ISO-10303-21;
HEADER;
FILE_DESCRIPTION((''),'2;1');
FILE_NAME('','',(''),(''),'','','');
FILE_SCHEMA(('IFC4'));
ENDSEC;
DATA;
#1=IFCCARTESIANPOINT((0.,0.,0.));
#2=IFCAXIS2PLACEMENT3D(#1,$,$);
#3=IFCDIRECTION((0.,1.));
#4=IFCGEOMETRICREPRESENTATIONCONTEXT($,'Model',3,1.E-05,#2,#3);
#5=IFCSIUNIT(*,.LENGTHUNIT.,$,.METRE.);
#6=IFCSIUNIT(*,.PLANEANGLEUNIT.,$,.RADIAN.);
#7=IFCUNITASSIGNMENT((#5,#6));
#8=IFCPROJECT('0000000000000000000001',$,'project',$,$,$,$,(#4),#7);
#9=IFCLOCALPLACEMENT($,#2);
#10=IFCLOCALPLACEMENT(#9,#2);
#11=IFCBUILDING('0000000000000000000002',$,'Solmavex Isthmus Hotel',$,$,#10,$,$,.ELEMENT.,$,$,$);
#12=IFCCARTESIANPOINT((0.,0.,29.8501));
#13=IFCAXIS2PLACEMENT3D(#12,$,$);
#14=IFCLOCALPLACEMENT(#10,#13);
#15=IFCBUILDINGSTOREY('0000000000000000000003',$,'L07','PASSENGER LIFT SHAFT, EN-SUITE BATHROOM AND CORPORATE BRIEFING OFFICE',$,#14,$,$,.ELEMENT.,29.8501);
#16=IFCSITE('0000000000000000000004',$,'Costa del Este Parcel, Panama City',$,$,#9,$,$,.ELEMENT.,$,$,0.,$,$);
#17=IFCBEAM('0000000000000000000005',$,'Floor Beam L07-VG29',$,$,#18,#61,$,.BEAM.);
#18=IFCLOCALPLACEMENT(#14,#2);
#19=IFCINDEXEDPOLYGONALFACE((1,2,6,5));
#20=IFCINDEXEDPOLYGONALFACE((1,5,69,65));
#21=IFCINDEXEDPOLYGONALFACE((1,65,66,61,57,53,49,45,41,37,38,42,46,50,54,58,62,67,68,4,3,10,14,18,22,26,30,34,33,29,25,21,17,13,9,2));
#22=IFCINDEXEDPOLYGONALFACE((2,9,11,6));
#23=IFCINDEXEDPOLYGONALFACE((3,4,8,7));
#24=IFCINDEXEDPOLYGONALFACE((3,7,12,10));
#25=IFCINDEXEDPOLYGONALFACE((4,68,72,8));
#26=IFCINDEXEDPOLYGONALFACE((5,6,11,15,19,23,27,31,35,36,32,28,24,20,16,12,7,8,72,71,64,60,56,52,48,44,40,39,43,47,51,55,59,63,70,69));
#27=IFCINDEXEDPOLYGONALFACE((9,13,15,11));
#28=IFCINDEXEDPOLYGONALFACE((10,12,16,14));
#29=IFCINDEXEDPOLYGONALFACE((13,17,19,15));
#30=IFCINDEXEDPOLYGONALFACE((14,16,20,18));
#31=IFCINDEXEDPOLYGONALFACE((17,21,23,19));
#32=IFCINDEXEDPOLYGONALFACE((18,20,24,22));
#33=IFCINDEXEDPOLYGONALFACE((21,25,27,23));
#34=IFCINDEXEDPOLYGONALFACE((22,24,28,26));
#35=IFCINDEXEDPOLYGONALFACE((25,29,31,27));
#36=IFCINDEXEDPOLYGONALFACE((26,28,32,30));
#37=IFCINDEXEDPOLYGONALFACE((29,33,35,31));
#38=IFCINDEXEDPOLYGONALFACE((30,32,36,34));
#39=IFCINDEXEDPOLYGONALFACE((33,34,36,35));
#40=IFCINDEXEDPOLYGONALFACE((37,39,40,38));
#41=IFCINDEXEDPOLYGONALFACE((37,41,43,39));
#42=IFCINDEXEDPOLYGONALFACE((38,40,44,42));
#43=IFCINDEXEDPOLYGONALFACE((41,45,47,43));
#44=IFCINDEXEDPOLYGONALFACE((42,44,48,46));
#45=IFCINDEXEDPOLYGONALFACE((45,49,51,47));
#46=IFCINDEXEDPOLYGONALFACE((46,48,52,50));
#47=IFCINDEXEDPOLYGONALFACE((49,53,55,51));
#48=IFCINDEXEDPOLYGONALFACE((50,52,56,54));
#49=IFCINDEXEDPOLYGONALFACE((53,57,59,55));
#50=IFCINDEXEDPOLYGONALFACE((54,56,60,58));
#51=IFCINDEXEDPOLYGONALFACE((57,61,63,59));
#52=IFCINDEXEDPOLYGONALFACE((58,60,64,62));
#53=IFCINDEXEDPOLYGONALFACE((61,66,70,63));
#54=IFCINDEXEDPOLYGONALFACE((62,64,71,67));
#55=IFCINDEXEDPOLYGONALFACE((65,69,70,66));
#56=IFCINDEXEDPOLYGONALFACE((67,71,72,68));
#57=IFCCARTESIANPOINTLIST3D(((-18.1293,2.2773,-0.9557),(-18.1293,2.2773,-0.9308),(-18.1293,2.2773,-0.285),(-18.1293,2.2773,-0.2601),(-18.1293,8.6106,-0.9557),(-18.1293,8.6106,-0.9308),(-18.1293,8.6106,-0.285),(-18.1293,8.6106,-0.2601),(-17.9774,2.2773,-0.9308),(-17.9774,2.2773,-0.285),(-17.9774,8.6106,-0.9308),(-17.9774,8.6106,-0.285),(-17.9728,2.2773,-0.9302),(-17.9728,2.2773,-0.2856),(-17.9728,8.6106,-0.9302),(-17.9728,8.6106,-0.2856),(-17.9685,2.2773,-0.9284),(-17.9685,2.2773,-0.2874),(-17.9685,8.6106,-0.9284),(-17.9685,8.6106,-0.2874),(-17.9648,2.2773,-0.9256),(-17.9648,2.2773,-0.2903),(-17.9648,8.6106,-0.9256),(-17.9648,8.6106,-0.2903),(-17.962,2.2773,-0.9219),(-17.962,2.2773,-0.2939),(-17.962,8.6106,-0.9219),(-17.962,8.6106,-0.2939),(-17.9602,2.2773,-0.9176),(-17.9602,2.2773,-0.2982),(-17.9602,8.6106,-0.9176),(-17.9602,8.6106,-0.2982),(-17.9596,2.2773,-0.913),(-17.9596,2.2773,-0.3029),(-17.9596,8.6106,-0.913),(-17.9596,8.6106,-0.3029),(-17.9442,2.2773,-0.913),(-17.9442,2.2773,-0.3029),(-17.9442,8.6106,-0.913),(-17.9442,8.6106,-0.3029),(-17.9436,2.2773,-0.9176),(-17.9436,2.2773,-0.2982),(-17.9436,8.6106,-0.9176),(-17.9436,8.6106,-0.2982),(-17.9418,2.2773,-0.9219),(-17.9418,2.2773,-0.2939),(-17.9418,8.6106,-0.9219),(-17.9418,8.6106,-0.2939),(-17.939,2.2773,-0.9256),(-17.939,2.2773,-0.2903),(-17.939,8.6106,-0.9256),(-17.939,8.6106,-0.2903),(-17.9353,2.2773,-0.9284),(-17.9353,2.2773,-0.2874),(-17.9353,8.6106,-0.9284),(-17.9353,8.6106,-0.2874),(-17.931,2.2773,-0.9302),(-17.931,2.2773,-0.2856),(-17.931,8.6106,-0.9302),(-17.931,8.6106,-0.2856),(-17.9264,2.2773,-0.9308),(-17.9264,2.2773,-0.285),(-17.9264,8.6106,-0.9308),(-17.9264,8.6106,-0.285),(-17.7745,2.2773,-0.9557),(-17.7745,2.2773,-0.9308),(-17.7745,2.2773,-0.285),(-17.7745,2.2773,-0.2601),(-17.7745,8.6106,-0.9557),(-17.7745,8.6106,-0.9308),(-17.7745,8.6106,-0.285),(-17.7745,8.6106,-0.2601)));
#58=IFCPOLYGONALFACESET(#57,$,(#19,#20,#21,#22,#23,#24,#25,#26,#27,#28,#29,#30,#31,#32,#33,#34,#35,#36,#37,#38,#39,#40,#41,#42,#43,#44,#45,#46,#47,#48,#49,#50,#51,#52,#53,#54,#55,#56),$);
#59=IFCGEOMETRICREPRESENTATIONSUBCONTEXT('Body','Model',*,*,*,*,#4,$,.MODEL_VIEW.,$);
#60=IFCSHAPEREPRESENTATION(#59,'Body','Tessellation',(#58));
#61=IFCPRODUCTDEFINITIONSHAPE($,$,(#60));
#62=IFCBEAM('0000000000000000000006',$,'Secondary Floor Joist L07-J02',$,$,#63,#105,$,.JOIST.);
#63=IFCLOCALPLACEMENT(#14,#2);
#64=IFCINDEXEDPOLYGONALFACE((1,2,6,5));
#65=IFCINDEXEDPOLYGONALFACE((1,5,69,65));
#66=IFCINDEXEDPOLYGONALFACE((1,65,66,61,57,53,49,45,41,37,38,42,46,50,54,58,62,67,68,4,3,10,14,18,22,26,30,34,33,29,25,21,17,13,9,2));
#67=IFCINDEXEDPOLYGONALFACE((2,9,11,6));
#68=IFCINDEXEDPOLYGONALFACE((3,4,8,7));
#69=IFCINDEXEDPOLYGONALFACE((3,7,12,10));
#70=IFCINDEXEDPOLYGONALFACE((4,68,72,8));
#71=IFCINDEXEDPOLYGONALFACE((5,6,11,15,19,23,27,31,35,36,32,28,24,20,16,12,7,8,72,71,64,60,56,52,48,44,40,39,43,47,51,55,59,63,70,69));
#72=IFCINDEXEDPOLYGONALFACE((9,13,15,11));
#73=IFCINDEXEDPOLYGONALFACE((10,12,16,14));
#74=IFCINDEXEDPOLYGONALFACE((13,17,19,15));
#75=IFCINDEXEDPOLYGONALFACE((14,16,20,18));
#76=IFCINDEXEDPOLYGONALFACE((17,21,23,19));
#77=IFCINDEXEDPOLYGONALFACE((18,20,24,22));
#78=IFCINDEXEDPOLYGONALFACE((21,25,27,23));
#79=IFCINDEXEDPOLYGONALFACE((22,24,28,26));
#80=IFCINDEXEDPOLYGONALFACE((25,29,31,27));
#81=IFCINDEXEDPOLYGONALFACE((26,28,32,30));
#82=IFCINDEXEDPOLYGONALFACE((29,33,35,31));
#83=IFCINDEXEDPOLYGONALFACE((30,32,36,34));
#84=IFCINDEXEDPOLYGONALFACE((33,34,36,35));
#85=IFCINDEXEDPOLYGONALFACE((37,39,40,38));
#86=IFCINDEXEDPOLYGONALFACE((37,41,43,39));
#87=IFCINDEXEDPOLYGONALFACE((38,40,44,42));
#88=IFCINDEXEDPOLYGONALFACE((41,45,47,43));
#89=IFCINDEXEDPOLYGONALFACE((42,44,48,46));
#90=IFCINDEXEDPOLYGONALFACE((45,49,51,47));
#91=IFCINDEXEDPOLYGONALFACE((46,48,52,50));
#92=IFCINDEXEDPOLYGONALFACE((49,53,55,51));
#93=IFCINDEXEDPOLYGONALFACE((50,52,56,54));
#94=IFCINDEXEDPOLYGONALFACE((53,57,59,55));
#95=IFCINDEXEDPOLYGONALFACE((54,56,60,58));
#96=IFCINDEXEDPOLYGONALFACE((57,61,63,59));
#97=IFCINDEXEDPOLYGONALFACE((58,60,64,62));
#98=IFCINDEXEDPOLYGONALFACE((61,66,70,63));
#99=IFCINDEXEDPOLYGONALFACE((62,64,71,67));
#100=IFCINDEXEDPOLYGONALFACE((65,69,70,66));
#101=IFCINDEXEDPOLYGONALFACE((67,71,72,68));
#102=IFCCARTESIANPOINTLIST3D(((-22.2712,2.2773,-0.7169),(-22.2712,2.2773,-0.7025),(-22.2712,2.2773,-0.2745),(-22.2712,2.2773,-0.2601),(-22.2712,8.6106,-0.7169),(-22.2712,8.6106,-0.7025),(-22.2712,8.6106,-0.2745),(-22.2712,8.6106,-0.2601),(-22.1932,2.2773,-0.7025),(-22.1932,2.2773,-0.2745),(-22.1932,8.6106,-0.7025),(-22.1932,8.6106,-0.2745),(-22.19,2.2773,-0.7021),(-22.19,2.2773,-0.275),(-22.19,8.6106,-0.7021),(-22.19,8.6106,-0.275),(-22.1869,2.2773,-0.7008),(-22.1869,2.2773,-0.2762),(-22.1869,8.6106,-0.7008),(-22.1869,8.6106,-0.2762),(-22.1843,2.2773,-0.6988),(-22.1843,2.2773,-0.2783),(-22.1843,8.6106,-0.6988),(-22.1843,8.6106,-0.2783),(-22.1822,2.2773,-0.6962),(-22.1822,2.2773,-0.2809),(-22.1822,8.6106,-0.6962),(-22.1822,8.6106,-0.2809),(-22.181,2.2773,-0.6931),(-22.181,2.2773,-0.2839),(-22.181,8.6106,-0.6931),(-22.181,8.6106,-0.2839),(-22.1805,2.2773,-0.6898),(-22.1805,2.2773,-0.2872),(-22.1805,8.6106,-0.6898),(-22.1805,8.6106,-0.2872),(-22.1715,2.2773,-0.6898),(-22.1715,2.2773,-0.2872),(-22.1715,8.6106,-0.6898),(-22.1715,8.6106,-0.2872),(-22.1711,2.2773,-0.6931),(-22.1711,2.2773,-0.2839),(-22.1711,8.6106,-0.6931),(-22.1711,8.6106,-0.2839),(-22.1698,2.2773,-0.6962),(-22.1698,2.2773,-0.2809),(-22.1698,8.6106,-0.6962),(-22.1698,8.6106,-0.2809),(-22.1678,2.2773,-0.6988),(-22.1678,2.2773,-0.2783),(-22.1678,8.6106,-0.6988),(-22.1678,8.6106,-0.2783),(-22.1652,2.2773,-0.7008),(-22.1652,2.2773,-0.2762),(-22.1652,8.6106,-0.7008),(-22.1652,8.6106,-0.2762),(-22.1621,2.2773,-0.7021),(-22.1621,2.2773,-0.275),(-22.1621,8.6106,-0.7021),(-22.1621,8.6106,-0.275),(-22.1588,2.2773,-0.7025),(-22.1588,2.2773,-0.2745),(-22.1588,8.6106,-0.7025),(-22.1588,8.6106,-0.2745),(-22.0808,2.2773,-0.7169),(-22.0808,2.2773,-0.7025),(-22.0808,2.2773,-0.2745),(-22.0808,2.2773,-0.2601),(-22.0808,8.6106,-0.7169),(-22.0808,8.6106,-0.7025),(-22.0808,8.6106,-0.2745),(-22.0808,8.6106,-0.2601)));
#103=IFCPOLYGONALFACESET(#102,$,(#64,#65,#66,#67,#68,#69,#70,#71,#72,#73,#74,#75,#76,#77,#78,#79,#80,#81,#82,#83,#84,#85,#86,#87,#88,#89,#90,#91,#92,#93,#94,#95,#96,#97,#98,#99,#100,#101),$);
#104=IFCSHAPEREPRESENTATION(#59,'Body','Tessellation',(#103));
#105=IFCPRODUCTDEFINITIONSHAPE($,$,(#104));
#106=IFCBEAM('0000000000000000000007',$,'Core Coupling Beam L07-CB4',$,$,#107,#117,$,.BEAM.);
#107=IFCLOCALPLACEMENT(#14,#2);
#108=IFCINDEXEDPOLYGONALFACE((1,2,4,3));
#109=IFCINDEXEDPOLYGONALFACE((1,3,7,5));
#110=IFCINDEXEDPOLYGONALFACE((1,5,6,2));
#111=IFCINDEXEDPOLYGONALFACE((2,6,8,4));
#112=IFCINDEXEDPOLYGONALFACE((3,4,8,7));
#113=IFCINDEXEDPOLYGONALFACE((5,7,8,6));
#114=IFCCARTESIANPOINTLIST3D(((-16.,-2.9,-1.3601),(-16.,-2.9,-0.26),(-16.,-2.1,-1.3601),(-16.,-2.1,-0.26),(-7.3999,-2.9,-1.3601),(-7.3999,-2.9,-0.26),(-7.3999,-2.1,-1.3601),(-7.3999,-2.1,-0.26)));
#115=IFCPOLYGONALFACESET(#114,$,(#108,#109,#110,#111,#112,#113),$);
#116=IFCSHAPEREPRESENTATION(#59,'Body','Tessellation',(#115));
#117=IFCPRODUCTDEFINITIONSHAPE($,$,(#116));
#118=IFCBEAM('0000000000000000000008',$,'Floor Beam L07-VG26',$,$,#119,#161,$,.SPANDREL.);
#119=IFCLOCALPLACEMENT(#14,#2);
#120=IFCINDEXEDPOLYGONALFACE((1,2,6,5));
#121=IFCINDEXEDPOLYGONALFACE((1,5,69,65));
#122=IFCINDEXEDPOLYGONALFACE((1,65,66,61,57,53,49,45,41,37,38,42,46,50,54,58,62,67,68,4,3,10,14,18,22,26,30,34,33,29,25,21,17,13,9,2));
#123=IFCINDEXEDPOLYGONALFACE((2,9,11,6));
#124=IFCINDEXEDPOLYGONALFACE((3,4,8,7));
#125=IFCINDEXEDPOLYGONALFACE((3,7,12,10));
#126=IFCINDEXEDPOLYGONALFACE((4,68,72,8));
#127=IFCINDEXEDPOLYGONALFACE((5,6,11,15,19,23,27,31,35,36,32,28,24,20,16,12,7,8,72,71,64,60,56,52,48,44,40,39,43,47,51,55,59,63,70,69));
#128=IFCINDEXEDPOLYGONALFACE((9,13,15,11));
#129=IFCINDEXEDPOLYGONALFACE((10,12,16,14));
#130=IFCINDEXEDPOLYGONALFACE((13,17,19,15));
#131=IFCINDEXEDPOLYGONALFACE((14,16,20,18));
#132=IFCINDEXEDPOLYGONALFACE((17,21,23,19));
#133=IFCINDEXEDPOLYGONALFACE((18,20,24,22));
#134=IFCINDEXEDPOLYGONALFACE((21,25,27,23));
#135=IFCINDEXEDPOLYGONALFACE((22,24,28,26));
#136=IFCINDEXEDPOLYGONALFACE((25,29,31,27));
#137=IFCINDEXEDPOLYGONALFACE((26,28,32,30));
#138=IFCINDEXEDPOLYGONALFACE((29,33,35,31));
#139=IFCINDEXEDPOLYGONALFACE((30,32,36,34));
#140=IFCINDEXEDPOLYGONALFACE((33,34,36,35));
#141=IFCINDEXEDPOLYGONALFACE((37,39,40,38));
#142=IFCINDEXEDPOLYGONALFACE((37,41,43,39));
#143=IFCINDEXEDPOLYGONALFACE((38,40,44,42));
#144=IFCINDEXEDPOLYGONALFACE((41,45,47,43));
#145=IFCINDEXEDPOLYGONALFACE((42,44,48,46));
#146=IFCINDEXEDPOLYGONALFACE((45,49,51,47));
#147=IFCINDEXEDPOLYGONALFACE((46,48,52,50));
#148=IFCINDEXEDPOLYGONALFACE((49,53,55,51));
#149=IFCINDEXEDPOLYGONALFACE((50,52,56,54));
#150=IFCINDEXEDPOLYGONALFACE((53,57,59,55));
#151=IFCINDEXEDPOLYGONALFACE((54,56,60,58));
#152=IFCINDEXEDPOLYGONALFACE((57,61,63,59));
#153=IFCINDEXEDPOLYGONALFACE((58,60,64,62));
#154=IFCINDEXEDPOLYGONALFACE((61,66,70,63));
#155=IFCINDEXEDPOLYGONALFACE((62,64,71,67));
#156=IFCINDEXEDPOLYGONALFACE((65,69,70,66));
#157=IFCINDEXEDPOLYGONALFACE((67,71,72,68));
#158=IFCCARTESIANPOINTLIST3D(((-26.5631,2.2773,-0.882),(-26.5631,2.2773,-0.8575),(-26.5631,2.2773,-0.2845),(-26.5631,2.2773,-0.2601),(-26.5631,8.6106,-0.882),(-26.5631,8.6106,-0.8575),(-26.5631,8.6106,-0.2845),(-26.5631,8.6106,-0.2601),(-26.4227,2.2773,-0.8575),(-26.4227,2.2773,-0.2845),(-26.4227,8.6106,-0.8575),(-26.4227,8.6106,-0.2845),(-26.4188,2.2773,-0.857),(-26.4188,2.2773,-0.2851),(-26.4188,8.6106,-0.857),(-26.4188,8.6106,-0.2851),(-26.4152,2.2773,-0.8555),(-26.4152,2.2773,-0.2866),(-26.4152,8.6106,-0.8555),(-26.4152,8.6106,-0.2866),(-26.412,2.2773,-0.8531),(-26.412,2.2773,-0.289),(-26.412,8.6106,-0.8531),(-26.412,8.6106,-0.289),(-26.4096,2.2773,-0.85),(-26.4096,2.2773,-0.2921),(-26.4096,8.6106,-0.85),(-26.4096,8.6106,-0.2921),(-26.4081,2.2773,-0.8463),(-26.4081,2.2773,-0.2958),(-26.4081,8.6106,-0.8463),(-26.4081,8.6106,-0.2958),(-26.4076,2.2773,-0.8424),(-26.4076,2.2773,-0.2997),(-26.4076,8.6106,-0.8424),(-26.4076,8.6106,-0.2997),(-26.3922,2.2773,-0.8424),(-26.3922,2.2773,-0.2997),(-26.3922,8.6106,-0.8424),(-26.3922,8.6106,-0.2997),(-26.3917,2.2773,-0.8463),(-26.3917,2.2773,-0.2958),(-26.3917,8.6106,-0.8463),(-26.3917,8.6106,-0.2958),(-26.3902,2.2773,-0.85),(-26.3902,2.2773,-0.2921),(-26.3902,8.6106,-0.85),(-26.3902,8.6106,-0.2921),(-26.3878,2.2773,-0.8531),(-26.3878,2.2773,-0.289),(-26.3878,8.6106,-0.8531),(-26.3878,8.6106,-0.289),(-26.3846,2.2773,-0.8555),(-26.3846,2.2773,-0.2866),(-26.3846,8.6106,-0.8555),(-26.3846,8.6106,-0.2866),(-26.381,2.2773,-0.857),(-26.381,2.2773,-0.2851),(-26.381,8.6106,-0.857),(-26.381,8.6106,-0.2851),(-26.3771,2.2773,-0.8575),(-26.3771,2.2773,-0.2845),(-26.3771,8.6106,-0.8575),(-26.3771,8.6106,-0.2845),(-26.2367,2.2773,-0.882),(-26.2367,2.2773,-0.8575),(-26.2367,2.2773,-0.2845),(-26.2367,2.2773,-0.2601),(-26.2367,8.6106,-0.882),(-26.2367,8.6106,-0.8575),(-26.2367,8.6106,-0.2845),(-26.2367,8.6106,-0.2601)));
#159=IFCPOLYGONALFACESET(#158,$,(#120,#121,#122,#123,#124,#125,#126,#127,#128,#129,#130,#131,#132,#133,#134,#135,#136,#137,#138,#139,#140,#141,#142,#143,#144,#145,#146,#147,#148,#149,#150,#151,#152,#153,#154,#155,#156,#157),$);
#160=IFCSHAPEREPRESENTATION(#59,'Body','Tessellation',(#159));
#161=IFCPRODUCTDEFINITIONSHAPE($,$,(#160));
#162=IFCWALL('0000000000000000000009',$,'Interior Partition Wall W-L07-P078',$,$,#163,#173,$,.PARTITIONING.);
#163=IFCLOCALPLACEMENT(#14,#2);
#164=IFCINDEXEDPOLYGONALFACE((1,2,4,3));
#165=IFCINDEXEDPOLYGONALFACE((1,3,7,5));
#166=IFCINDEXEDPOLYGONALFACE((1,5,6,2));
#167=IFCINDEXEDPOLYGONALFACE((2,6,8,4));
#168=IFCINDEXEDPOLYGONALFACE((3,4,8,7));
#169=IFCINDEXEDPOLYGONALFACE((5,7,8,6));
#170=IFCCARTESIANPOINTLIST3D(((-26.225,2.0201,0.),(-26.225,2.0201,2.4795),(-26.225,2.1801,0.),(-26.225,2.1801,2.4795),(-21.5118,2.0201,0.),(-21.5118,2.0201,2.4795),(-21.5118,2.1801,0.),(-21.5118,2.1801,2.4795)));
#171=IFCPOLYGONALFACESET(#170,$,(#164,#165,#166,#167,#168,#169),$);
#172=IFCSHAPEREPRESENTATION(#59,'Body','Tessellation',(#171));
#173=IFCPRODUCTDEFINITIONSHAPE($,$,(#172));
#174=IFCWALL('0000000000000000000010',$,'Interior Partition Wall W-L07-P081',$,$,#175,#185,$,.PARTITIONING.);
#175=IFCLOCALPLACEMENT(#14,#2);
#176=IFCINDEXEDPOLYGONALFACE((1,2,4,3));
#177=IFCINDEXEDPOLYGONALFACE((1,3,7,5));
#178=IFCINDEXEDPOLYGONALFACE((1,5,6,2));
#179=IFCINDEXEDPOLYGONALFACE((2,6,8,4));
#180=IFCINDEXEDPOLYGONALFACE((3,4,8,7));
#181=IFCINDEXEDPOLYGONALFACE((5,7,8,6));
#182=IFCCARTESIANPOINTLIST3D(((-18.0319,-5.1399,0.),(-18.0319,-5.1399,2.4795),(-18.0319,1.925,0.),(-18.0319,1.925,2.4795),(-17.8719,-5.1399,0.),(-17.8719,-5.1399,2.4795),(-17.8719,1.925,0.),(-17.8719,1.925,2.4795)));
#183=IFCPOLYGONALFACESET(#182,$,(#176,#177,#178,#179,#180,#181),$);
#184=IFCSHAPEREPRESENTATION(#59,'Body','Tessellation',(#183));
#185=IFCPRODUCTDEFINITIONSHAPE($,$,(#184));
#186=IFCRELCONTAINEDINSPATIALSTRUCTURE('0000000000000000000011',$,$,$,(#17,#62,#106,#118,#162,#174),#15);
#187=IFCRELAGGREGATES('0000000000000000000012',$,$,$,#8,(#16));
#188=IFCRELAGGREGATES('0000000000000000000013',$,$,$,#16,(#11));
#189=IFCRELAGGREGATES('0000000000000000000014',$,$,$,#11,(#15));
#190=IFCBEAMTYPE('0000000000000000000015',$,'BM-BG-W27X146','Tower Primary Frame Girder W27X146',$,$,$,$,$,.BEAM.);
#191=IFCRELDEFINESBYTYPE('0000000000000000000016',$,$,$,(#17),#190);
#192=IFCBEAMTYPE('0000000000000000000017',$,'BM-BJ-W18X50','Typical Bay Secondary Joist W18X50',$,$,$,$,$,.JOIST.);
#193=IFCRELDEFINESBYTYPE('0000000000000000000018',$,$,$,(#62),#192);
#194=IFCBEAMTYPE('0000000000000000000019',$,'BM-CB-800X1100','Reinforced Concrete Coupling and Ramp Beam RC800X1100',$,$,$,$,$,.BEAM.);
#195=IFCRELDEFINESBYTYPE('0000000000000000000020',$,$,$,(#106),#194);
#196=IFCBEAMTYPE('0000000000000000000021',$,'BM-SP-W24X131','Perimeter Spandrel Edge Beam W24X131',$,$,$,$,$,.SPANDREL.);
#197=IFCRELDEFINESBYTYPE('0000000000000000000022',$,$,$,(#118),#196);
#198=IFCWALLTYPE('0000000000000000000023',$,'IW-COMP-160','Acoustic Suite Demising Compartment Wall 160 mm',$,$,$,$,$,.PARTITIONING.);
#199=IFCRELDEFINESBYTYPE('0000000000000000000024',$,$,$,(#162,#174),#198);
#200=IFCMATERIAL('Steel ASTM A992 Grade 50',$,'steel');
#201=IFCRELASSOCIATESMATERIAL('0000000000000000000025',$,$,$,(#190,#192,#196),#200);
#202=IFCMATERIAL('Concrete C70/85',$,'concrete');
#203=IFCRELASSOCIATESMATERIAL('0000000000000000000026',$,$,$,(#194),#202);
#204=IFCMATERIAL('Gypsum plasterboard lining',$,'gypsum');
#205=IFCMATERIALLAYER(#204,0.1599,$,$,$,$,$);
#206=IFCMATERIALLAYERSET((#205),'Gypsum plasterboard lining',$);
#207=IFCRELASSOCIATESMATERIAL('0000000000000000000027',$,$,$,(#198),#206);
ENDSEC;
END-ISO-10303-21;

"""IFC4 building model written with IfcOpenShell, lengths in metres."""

from ifc_helpers import new_model, si_unit, direction, frame, frame_2d, origin, origin_2d, place, context, subcontext, project, spatial, rectangle, i_section, extrude, material, layer, layer_set, material_profile, profile_set, type_object, element, save


model = new_model("IFC4")

# Units and contexts
model_context = context("Model", 3, precision=1e-05, world=origin(), true_north=direction((0.0, 1.0)))
body_context = subcontext(model_context, "Body", "Model", "MODEL_VIEW")
ifc_project = project(units=[si_unit("LENGTHUNIT", "METRE"), si_unit("PLANEANGLEUNIT", "RADIAN")], contexts=[model_context])

# Site, building, storey
site_placement = place(None, origin())
site = spatial("IfcSite", under=ifc_project, at=site_placement, Name="Costa del Este Parcel, Panama City", CompositionType="ELEMENT", RefElevation=0.0)
building_placement = place(site_placement, origin())
building = spatial("IfcBuilding", under=site, at=building_placement, Name="Solmavex Isthmus Hotel", CompositionType="ELEMENT")
storey_placement = place(building_placement, frame((0.0, 0.0, 29.8501)))
storey = spatial("IfcBuildingStorey", under=building, at=storey_placement, Name="L07", Description="PASSENGER LIFT SHAFT, EN-SUITE BATHROOM AND CORPORATE BRIEFING OFFICE", CompositionType="ELEMENT", Elevation=29.8501)

# Shared definitions
ifc_material_1 = material(Name="Concrete C70/85", Category="concrete")

# Beams
ifc_material_2 = material(Name="Steel ASTM A992 Grade 50", Category="steel")
ifc_material_profile_1 = material_profile(ifc_material_2, i_section(OverallWidth=0.3547, OverallDepth=0.6956, WebThickness=0.0154, FlangeThickness=0.0249, FilletRadius=0.0178, at=origin_2d()), Name="W27X146")
ifc_profile_set_1 = profile_set([ifc_material_profile_1], Name="Steel ASTM A992 Grade 50")
beam_type_1 = type_object("IfcBeamType", Name="BM-BG-W27X146", Description="Tower Primary Frame Girder W27X146", PredefinedType="BEAM", material=ifc_profile_set_1)
beam_1_placement = place(storey_placement, frame((-17.9519, 2.2773, -0.6079), z_axis=(0.0, 1.0, 0.0), x_axis=(-1.0, 0.0, 0.0)))
element("IfcBeam", 1, at=beam_1_placement, inside=storey, type_object=beam_type_1, Name="Floor Beam L07-VG29", PredefinedType="BEAM", context=body_context, shape_type="SweptSolid", body=[
    extrude(i_section(OverallWidth=0.3547, OverallDepth=0.6956, WebThickness=0.0154, FlangeThickness=0.0249, FilletRadius=0.0178, at=origin_2d()), origin(), (0.0, 0.0, 1.0), 6.3333),
])
ifc_material_profile_2 = material_profile(ifc_material_2, i_section(OverallWidth=0.1904, OverallDepth=0.4568, WebThickness=0.009, FlangeThickness=0.0144, FilletRadius=0.0127, at=origin_2d()), Name="W18X50")
ifc_profile_set_2 = profile_set([ifc_material_profile_2], Name="Steel ASTM A992 Grade 50")
beam_type_2 = type_object("IfcBeamType", Name="BM-BJ-W18X50", Description="Typical Bay Secondary Joist W18X50", PredefinedType="JOIST", material=ifc_profile_set_2)
beam_2_placement = place(storey_placement, frame((-22.176, 2.2773, -0.4885), z_axis=(0.0, 1.0, 0.0), x_axis=(-1.0, 0.0, 0.0)))
element("IfcBeam", 2, at=beam_2_placement, inside=storey, type_object=beam_type_2, Name="Secondary Floor Joist L07-J02", PredefinedType="JOIST", context=body_context, shape_type="SweptSolid", body=[
    extrude(i_section(OverallWidth=0.1904, OverallDepth=0.4568, WebThickness=0.009, FlangeThickness=0.0144, FilletRadius=0.0127, at=origin_2d()), origin(), (0.0, 0.0, 1.0), 6.3333),
])
ifc_material_profile_3 = material_profile(ifc_material_1, rectangle(XDim=0.8, YDim=1.1001, at=origin_2d()), Name="RC800X1100")
ifc_profile_set_3 = profile_set([ifc_material_profile_3], Name="Concrete C70/85")
beam_type_3 = type_object("IfcBeamType", Name="BM-CB-800X1100", Description="Reinforced Concrete Coupling and Ramp Beam RC800X1100", PredefinedType="BEAM", material=ifc_profile_set_3)
beam_3_placement = place(storey_placement, frame((-16.0, -2.5, -0.8101), z_axis=(1.0, 0.0, 0.0), x_axis=(0.0, 1.0, 0.0)))
element("IfcBeam", 3, at=beam_3_placement, inside=storey, type_object=beam_type_3, Name="Core Coupling Beam L07-CB4", PredefinedType="BEAM", context=body_context, shape_type="SweptSolid", body=[
    extrude(rectangle(XDim=0.8, YDim=1.1001, at=origin_2d()), origin(), (0.0, 0.0, 1.0), 8.6001),
])
ifc_material_profile_4 = material_profile(ifc_material_2, i_section(OverallWidth=0.3264, OverallDepth=0.6218, WebThickness=0.0154, FlangeThickness=0.0244, FilletRadius=0.0151, at=origin_2d()), Name="W24X131")
ifc_profile_set_4 = profile_set([ifc_material_profile_4], Name="Steel ASTM A992 Grade 50")
beam_type_4 = type_object("IfcBeamType", Name="BM-SP-W24X131", Description="Perimeter Spandrel Edge Beam W24X131", PredefinedType="SPANDREL", material=ifc_profile_set_4)
beam_4_placement = place(storey_placement, frame((-26.3999, 2.2773, -0.571), z_axis=(0.0, 1.0, 0.0), x_axis=(-1.0, 0.0, 0.0)))
element("IfcBeam", 4, at=beam_4_placement, inside=storey, type_object=beam_type_4, Name="Floor Beam L07-VG26", PredefinedType="SPANDREL", context=body_context, shape_type="SweptSolid", body=[
    extrude(i_section(OverallWidth=0.3264, OverallDepth=0.6218, WebThickness=0.0154, FlangeThickness=0.0244, FilletRadius=0.0151, at=origin_2d()), origin(), (0.0, 0.0, 1.0), 6.3333),
])

# Walls
ifc_material_3 = material(Name="Gypsum plasterboard lining", Category="gypsum")
ifc_layer_1 = layer(ifc_material_3, 0.1599)
ifc_layer_set_1 = layer_set([ifc_layer_1], Name="Gypsum plasterboard lining")
wall_type_1 = type_object("IfcWallType", Name="IW-COMP-160", Description="Acoustic Suite Demising Compartment Wall 160 mm", PredefinedType="PARTITIONING", material=ifc_layer_set_1)
wall_1_placement = place(storey_placement, frame((-21.512, 2.1001, 0.0), z_axis=(0.0, 0.0, 1.0), x_axis=(-1.0, 0.0, 0.0)))
element("IfcWall", 5, at=wall_1_placement, inside=storey, type_object=wall_type_1, Name="Interior Partition Wall W-L07-P078", PredefinedType="PARTITIONING", context=body_context, shape_type="SweptSolid", body=[
    extrude(rectangle(XDim=4.7131, YDim=0.1599, at=frame_2d((2.3564, 0.0))), origin(), (0.0, 0.0, 1.0), 2.4795),
])
wall_2_placement = place(storey_placement, frame((-17.9519, 1.925, 0.0), z_axis=(0.0, 0.0, 1.0), x_axis=(0.0, -1.0, 0.0)))
element("IfcWall", 6, at=wall_2_placement, inside=storey, type_object=wall_type_1, Name="Interior Partition Wall W-L07-P081", PredefinedType="PARTITIONING", context=body_context, shape_type="SweptSolid", body=[
    extrude(rectangle(XDim=7.0649, YDim=0.1599, at=frame_2d((3.5325, 0.0))), origin(), (0.0, 0.0, 1.0), 2.4795),
])

save(model, "model.ifc")
